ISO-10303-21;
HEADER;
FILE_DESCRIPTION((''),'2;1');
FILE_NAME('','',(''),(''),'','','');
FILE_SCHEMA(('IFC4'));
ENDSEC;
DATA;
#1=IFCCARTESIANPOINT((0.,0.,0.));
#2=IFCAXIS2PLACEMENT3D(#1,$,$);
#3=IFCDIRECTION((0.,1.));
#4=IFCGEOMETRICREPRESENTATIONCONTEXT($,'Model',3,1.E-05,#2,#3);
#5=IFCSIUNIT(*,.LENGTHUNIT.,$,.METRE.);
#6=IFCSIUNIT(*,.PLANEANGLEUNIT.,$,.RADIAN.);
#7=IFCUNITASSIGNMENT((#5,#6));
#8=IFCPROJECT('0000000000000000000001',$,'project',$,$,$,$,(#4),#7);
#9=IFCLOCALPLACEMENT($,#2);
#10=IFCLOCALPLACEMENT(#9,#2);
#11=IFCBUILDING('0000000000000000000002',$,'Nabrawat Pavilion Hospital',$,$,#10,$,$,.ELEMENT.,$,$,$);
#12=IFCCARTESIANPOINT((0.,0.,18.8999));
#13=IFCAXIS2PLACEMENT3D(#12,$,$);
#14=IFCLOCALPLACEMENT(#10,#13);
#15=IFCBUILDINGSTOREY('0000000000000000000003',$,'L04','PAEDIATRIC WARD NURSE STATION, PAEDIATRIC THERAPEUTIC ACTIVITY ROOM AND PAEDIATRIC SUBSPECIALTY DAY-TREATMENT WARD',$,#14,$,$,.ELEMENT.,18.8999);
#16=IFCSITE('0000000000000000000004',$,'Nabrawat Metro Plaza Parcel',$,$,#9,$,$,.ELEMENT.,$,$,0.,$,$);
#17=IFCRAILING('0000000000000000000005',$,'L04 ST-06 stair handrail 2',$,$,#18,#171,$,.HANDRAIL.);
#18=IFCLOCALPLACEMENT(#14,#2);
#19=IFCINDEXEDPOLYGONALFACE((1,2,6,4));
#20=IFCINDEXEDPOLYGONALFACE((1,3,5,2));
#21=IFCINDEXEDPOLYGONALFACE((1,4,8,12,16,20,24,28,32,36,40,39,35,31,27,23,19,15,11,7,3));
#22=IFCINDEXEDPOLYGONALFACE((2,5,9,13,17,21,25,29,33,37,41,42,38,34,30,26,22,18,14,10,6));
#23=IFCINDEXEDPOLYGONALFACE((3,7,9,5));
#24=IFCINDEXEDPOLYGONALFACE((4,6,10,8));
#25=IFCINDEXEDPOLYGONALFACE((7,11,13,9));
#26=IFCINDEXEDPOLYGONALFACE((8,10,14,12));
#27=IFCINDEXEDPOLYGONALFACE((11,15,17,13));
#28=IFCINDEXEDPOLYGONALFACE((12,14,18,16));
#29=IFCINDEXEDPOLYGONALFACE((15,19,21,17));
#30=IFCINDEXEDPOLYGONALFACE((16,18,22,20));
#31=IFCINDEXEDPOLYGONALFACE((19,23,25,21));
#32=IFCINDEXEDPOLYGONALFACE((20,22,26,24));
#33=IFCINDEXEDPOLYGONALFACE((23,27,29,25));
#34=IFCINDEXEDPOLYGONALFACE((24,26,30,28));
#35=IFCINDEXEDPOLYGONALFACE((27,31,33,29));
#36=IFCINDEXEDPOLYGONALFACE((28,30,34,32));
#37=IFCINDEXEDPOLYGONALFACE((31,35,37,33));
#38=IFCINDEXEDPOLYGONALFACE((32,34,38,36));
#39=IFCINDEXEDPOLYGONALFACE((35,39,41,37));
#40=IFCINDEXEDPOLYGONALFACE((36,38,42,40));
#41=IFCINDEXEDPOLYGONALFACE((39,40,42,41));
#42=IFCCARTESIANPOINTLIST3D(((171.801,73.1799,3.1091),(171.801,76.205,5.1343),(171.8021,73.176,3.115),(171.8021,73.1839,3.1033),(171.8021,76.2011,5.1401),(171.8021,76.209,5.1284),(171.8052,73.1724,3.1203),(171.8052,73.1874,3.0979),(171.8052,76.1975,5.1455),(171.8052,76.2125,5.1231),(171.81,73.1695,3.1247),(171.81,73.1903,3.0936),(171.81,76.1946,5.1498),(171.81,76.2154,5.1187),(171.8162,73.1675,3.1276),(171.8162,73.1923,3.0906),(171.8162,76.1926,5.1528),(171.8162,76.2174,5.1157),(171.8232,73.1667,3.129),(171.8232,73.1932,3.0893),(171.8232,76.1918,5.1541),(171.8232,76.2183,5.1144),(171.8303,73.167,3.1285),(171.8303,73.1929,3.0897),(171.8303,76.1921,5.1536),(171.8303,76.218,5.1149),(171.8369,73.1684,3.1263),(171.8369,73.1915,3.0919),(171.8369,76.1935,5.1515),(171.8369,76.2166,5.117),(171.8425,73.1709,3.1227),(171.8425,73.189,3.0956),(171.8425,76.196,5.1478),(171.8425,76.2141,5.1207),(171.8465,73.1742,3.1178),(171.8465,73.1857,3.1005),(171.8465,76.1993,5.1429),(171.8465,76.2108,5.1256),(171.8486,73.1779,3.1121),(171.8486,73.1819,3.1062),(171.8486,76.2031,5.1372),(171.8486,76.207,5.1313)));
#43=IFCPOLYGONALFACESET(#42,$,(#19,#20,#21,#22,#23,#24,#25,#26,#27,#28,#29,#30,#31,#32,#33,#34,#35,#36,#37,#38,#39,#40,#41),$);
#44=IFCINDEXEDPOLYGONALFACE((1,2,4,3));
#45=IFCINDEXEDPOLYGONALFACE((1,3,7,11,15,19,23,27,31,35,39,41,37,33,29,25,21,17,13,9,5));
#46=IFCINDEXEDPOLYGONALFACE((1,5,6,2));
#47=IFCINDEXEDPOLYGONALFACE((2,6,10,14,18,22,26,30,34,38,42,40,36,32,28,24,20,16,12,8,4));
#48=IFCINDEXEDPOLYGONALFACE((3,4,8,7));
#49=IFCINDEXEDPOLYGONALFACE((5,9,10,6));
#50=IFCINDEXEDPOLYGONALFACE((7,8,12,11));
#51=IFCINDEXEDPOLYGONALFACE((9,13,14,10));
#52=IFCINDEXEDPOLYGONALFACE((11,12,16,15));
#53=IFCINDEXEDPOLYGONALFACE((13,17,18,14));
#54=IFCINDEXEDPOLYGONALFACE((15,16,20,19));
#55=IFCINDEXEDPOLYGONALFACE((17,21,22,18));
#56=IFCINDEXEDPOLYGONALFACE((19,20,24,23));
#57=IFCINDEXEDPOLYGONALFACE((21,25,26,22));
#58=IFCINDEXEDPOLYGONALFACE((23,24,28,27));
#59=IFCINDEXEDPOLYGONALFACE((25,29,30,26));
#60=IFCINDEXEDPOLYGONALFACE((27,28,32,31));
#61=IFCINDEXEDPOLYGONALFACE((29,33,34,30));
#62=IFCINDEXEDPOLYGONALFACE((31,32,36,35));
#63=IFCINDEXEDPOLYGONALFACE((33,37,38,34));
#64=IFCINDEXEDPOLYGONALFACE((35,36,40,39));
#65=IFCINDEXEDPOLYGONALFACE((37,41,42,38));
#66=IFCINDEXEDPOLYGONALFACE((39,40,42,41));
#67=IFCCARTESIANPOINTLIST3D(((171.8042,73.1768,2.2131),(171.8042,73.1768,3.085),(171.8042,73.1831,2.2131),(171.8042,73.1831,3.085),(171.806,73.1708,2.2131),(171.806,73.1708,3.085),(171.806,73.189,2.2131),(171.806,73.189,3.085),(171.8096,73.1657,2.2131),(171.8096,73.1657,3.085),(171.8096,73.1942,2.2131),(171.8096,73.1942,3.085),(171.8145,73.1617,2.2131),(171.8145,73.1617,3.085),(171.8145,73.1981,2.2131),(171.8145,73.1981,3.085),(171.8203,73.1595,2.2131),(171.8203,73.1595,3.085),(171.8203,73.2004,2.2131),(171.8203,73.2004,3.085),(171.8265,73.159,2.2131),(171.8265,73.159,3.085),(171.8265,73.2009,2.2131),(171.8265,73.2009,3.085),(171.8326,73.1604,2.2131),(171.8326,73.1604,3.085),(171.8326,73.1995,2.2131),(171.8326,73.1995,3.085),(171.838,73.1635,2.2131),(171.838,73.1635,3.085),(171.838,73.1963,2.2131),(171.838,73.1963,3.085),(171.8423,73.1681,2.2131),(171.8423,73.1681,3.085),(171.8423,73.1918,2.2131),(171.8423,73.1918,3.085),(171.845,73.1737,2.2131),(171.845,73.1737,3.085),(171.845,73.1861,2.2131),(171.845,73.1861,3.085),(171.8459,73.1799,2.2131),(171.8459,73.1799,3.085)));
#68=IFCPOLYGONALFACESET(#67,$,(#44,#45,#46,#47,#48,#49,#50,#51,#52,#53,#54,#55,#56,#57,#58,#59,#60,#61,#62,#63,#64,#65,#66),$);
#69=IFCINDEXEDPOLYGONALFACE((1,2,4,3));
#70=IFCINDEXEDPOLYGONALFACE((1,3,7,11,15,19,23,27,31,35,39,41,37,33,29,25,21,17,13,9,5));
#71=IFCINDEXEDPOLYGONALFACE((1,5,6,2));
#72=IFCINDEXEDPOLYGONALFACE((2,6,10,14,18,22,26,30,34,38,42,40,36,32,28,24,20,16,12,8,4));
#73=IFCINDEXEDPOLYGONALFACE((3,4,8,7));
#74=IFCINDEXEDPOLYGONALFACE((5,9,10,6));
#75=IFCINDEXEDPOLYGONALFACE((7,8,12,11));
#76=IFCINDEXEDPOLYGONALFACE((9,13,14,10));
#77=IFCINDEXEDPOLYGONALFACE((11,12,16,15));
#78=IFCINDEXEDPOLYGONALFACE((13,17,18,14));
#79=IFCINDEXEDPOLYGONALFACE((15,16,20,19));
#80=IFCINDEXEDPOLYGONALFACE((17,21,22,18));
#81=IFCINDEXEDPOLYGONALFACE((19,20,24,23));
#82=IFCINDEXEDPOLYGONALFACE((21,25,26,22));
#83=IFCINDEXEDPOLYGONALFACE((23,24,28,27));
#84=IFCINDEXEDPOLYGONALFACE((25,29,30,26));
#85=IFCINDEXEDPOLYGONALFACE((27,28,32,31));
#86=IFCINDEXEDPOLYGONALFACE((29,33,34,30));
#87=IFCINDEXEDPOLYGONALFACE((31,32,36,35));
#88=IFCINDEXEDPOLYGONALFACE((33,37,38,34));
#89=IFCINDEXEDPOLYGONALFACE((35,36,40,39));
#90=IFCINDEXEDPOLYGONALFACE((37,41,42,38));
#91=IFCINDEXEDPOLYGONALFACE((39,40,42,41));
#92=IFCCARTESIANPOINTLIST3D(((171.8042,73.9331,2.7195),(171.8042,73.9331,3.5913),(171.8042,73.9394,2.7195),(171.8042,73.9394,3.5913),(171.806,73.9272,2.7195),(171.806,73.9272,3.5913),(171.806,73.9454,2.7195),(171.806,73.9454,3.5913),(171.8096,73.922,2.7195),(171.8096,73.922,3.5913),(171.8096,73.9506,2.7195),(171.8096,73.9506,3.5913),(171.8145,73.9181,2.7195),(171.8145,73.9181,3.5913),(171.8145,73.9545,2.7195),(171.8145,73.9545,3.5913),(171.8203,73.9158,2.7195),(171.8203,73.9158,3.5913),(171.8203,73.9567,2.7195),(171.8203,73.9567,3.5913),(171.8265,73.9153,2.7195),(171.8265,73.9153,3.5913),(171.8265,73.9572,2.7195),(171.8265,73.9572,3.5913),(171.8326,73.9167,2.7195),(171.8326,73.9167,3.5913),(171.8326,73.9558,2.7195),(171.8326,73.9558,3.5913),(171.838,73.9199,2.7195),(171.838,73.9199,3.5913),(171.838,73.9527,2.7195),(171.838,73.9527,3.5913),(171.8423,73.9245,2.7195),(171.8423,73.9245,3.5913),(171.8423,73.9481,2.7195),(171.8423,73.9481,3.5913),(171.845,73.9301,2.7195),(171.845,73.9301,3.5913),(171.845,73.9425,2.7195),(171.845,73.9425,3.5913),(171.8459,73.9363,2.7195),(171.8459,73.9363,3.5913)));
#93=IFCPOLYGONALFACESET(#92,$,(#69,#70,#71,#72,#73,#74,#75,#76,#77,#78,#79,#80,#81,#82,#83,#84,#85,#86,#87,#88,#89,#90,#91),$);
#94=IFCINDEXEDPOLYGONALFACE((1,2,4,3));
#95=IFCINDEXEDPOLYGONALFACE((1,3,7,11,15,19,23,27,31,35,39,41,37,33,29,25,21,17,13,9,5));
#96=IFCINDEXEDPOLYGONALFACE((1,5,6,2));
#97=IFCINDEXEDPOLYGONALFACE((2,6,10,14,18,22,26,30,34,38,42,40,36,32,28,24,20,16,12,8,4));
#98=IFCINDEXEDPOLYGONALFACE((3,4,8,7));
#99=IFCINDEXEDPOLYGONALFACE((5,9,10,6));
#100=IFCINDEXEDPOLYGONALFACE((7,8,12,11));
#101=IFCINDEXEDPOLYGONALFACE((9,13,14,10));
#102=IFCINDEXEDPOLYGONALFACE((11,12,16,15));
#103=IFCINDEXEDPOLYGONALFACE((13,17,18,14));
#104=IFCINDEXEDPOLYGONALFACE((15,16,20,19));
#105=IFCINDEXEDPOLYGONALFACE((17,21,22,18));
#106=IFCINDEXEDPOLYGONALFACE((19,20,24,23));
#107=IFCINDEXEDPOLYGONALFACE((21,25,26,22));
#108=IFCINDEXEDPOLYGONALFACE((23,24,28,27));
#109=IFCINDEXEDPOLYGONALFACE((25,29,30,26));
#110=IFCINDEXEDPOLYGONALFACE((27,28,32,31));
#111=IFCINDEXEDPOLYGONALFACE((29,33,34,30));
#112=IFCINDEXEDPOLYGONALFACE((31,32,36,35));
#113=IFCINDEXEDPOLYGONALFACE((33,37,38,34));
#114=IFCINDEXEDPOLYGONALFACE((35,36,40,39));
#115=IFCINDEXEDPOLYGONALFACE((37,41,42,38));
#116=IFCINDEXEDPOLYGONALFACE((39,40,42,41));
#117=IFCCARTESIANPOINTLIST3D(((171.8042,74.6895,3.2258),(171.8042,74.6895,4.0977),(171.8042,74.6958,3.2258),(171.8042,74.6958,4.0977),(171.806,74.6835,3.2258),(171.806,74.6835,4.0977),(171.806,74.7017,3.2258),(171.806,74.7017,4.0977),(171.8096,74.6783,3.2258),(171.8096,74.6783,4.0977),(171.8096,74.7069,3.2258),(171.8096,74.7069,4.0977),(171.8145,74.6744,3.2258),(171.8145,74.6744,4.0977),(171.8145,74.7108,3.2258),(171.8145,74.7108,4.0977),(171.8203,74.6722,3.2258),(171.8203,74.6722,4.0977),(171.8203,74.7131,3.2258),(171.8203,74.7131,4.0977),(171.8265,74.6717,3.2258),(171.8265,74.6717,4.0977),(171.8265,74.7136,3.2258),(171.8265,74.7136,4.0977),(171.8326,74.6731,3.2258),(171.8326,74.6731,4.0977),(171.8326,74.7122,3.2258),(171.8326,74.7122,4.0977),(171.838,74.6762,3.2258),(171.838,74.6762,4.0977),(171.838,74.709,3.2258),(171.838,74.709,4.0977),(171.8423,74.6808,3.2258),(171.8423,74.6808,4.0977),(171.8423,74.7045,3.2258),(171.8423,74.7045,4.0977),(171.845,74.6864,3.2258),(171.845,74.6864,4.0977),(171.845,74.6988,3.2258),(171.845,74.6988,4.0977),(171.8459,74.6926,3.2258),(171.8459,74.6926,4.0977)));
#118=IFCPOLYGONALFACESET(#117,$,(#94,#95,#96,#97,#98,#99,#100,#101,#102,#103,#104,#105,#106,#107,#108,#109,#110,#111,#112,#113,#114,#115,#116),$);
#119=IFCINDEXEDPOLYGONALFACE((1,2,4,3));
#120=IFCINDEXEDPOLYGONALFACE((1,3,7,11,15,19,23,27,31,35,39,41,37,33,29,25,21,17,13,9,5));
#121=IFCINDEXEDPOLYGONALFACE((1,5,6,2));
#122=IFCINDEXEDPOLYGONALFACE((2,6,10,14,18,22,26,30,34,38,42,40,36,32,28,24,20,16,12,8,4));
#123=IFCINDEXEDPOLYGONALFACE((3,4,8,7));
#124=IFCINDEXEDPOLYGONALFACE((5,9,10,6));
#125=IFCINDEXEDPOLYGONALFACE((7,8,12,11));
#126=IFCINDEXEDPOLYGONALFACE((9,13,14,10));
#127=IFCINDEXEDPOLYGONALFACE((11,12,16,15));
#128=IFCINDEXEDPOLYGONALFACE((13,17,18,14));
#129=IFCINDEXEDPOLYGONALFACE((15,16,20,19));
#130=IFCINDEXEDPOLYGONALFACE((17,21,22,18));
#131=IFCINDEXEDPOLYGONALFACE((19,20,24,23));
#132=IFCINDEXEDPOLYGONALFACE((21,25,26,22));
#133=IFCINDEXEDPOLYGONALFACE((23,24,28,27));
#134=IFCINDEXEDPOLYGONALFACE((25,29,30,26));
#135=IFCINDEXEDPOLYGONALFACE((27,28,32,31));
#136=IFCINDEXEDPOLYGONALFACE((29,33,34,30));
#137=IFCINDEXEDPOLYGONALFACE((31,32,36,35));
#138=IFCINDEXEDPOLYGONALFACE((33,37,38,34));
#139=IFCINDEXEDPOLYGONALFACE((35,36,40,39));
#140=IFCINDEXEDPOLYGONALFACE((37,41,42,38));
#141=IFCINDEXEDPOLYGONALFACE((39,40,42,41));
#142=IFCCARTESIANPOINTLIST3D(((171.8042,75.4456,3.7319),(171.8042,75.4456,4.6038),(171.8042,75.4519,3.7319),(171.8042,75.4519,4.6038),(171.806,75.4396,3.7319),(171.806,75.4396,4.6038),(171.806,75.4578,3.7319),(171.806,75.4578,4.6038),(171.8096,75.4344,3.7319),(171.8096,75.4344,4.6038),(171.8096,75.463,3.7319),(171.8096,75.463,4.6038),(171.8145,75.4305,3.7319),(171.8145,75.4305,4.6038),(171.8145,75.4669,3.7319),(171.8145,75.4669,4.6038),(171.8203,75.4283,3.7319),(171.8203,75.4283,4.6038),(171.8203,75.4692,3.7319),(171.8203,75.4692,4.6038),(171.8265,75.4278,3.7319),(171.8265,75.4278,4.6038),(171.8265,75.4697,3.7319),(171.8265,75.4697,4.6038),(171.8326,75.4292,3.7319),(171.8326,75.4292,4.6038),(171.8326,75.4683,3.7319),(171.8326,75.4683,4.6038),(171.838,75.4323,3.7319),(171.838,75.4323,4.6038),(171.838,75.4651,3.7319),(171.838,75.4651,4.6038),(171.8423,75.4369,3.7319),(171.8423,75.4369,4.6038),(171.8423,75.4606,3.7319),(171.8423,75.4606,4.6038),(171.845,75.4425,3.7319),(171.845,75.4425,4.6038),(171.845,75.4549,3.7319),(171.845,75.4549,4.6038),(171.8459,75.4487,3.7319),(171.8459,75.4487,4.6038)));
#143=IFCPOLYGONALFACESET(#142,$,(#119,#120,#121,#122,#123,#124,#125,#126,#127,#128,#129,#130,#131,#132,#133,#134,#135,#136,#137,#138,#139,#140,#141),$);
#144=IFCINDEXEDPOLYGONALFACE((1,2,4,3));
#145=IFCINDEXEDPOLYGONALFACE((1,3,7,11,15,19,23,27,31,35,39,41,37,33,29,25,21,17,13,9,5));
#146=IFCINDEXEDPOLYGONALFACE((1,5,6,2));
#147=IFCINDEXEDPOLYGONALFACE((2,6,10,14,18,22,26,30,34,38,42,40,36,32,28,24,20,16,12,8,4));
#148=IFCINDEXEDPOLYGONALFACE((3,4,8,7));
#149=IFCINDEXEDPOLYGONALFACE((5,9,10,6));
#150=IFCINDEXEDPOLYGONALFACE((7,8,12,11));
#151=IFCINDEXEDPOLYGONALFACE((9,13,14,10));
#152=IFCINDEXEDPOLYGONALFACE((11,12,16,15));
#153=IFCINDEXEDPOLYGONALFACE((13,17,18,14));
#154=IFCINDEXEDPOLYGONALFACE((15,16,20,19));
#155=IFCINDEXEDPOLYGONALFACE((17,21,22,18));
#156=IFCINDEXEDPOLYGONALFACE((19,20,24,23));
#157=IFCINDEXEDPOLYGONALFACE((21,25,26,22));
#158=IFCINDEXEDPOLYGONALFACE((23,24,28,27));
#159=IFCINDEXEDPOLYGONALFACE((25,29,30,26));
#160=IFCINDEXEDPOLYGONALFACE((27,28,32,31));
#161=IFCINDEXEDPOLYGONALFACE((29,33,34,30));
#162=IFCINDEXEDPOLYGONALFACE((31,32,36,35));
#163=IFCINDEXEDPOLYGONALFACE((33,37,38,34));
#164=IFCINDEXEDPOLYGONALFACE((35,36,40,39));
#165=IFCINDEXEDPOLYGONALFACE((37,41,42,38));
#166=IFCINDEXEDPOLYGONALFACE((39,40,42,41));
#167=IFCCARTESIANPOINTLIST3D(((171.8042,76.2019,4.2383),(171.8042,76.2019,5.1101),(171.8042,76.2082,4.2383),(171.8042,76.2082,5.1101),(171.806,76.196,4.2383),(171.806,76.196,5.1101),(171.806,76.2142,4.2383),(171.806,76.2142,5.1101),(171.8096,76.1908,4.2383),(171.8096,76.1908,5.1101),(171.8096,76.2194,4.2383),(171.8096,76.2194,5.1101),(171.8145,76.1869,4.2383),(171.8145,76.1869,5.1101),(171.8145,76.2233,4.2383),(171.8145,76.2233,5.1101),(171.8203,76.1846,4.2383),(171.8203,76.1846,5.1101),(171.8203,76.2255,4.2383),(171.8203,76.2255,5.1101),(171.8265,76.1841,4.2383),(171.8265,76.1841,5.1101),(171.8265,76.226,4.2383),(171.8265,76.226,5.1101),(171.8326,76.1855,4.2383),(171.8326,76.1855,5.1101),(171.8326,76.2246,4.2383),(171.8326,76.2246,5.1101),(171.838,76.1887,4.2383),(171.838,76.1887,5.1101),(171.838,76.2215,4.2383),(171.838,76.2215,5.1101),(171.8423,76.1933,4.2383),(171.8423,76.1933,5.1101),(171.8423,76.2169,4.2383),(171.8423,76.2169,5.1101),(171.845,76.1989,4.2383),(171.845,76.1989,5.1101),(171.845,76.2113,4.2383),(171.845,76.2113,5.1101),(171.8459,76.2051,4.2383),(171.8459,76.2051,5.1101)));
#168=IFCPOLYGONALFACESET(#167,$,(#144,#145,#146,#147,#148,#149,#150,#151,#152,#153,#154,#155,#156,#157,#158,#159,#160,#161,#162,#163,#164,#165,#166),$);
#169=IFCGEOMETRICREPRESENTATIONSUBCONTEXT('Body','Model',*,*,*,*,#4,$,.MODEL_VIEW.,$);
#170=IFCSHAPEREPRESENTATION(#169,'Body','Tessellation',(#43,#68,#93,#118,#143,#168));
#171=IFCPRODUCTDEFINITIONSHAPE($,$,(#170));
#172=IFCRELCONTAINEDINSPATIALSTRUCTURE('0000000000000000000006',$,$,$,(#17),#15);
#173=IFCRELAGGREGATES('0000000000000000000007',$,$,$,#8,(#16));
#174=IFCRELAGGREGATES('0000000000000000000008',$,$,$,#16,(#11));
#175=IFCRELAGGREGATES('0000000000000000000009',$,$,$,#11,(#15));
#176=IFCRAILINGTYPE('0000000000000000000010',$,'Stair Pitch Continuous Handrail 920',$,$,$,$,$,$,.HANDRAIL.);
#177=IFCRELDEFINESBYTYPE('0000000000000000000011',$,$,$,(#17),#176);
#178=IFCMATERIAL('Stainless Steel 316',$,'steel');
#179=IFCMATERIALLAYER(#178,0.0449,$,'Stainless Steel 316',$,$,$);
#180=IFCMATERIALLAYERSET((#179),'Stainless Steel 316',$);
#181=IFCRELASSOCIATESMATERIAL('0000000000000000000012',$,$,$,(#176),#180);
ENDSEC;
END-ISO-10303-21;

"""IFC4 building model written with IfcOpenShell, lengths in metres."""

from ifc_helpers import new_model, si_unit, direction, frame, origin, origin_2d, place, context, subcontext, project, spatial, circle, extrude, material, layer, layer_set, type_object, element, save


model = new_model("IFC4")

# Units and contexts
model_context = context("Model", 3, precision=1e-05, world=origin(), true_north=direction((0.0, 1.0)))
body_context = subcontext(model_context, "Body", "Model", "MODEL_VIEW")
ifc_project = project(units=[si_unit("LENGTHUNIT", "METRE"), si_unit("PLANEANGLEUNIT", "RADIAN")], contexts=[model_context])

# Site, building, storey
site_placement = place(None, origin())
site = spatial("IfcSite", under=ifc_project, at=site_placement, Name="Nabrawat Metro Plaza Parcel", CompositionType="ELEMENT", RefElevation=0.0)
building_placement = place(site_placement, origin())
building = spatial("IfcBuilding", under=site, at=building_placement, Name="Nabrawat Pavilion Hospital", CompositionType="ELEMENT")
storey_placement = place(building_placement, frame((0.0, 0.0, 18.8999)))
storey = spatial("IfcBuildingStorey", under=building, at=storey_placement, Name="L04", Description="PAEDIATRIC WARD NURSE STATION, PAEDIATRIC THERAPEUTIC ACTIVITY ROOM AND PAEDIATRIC SUBSPECIALTY DAY-TREATMENT WARD", CompositionType="ELEMENT", Elevation=18.8999)

# Railing
ifc_material_1 = material(Name="Stainless Steel 316", Category="steel")
ifc_layer_1 = layer(ifc_material_1, 0.0449, Name="Stainless Steel 316")
ifc_layer_set_1 = layer_set([ifc_layer_1], Name="Stainless Steel 316")
railing_type_1 = type_object("IfcRailingType", Name="Stair Pitch Continuous Handrail 920", PredefinedType="HANDRAIL", material=ifc_layer_set_1)
railing_1_placement = place(storey_placement, frame((171.825, 73.1799, 2.2131)))
element("IfcRailing", 1, at=railing_1_placement, inside=storey, type_object=railing_type_1, Name="L04 ST-06 stair handrail 2", PredefinedType="HANDRAIL", context=body_context, shape_type="SweptSolid", body=[
    extrude(circle(Radius=0.0239, at=origin_2d()), frame((0.0, 0.0, 0.896), z_axis=(0.0, 0.830986, 0.556293), x_axis=(-1.0, 0.0, 0.0)), (0.0, 0.0, 1.0), 3.6404),
    extrude(circle(Radius=0.021, at=origin_2d()), origin(), (0.0, 0.0, 1.0), 0.8718),
    extrude(circle(Radius=0.021, at=origin_2d()), frame((0.0, 0.7563, 0.5063)), (0.0, 0.0, 1.0), 0.8718),
    extrude(circle(Radius=0.021, at=origin_2d()), frame((0.0, 1.5127, 1.0127)), (0.0, 0.0, 1.0), 0.8718),
    extrude(circle(Radius=0.021, at=origin_2d()), frame((0.0, 2.2688, 1.5188)), (0.0, 0.0, 1.0), 0.8718),
    extrude(circle(Radius=0.021, at=origin_2d()), frame((0.0, 3.0251, 2.0251)), (0.0, 0.0, 1.0), 0.8718),
])

save(model, "model.ifc")
